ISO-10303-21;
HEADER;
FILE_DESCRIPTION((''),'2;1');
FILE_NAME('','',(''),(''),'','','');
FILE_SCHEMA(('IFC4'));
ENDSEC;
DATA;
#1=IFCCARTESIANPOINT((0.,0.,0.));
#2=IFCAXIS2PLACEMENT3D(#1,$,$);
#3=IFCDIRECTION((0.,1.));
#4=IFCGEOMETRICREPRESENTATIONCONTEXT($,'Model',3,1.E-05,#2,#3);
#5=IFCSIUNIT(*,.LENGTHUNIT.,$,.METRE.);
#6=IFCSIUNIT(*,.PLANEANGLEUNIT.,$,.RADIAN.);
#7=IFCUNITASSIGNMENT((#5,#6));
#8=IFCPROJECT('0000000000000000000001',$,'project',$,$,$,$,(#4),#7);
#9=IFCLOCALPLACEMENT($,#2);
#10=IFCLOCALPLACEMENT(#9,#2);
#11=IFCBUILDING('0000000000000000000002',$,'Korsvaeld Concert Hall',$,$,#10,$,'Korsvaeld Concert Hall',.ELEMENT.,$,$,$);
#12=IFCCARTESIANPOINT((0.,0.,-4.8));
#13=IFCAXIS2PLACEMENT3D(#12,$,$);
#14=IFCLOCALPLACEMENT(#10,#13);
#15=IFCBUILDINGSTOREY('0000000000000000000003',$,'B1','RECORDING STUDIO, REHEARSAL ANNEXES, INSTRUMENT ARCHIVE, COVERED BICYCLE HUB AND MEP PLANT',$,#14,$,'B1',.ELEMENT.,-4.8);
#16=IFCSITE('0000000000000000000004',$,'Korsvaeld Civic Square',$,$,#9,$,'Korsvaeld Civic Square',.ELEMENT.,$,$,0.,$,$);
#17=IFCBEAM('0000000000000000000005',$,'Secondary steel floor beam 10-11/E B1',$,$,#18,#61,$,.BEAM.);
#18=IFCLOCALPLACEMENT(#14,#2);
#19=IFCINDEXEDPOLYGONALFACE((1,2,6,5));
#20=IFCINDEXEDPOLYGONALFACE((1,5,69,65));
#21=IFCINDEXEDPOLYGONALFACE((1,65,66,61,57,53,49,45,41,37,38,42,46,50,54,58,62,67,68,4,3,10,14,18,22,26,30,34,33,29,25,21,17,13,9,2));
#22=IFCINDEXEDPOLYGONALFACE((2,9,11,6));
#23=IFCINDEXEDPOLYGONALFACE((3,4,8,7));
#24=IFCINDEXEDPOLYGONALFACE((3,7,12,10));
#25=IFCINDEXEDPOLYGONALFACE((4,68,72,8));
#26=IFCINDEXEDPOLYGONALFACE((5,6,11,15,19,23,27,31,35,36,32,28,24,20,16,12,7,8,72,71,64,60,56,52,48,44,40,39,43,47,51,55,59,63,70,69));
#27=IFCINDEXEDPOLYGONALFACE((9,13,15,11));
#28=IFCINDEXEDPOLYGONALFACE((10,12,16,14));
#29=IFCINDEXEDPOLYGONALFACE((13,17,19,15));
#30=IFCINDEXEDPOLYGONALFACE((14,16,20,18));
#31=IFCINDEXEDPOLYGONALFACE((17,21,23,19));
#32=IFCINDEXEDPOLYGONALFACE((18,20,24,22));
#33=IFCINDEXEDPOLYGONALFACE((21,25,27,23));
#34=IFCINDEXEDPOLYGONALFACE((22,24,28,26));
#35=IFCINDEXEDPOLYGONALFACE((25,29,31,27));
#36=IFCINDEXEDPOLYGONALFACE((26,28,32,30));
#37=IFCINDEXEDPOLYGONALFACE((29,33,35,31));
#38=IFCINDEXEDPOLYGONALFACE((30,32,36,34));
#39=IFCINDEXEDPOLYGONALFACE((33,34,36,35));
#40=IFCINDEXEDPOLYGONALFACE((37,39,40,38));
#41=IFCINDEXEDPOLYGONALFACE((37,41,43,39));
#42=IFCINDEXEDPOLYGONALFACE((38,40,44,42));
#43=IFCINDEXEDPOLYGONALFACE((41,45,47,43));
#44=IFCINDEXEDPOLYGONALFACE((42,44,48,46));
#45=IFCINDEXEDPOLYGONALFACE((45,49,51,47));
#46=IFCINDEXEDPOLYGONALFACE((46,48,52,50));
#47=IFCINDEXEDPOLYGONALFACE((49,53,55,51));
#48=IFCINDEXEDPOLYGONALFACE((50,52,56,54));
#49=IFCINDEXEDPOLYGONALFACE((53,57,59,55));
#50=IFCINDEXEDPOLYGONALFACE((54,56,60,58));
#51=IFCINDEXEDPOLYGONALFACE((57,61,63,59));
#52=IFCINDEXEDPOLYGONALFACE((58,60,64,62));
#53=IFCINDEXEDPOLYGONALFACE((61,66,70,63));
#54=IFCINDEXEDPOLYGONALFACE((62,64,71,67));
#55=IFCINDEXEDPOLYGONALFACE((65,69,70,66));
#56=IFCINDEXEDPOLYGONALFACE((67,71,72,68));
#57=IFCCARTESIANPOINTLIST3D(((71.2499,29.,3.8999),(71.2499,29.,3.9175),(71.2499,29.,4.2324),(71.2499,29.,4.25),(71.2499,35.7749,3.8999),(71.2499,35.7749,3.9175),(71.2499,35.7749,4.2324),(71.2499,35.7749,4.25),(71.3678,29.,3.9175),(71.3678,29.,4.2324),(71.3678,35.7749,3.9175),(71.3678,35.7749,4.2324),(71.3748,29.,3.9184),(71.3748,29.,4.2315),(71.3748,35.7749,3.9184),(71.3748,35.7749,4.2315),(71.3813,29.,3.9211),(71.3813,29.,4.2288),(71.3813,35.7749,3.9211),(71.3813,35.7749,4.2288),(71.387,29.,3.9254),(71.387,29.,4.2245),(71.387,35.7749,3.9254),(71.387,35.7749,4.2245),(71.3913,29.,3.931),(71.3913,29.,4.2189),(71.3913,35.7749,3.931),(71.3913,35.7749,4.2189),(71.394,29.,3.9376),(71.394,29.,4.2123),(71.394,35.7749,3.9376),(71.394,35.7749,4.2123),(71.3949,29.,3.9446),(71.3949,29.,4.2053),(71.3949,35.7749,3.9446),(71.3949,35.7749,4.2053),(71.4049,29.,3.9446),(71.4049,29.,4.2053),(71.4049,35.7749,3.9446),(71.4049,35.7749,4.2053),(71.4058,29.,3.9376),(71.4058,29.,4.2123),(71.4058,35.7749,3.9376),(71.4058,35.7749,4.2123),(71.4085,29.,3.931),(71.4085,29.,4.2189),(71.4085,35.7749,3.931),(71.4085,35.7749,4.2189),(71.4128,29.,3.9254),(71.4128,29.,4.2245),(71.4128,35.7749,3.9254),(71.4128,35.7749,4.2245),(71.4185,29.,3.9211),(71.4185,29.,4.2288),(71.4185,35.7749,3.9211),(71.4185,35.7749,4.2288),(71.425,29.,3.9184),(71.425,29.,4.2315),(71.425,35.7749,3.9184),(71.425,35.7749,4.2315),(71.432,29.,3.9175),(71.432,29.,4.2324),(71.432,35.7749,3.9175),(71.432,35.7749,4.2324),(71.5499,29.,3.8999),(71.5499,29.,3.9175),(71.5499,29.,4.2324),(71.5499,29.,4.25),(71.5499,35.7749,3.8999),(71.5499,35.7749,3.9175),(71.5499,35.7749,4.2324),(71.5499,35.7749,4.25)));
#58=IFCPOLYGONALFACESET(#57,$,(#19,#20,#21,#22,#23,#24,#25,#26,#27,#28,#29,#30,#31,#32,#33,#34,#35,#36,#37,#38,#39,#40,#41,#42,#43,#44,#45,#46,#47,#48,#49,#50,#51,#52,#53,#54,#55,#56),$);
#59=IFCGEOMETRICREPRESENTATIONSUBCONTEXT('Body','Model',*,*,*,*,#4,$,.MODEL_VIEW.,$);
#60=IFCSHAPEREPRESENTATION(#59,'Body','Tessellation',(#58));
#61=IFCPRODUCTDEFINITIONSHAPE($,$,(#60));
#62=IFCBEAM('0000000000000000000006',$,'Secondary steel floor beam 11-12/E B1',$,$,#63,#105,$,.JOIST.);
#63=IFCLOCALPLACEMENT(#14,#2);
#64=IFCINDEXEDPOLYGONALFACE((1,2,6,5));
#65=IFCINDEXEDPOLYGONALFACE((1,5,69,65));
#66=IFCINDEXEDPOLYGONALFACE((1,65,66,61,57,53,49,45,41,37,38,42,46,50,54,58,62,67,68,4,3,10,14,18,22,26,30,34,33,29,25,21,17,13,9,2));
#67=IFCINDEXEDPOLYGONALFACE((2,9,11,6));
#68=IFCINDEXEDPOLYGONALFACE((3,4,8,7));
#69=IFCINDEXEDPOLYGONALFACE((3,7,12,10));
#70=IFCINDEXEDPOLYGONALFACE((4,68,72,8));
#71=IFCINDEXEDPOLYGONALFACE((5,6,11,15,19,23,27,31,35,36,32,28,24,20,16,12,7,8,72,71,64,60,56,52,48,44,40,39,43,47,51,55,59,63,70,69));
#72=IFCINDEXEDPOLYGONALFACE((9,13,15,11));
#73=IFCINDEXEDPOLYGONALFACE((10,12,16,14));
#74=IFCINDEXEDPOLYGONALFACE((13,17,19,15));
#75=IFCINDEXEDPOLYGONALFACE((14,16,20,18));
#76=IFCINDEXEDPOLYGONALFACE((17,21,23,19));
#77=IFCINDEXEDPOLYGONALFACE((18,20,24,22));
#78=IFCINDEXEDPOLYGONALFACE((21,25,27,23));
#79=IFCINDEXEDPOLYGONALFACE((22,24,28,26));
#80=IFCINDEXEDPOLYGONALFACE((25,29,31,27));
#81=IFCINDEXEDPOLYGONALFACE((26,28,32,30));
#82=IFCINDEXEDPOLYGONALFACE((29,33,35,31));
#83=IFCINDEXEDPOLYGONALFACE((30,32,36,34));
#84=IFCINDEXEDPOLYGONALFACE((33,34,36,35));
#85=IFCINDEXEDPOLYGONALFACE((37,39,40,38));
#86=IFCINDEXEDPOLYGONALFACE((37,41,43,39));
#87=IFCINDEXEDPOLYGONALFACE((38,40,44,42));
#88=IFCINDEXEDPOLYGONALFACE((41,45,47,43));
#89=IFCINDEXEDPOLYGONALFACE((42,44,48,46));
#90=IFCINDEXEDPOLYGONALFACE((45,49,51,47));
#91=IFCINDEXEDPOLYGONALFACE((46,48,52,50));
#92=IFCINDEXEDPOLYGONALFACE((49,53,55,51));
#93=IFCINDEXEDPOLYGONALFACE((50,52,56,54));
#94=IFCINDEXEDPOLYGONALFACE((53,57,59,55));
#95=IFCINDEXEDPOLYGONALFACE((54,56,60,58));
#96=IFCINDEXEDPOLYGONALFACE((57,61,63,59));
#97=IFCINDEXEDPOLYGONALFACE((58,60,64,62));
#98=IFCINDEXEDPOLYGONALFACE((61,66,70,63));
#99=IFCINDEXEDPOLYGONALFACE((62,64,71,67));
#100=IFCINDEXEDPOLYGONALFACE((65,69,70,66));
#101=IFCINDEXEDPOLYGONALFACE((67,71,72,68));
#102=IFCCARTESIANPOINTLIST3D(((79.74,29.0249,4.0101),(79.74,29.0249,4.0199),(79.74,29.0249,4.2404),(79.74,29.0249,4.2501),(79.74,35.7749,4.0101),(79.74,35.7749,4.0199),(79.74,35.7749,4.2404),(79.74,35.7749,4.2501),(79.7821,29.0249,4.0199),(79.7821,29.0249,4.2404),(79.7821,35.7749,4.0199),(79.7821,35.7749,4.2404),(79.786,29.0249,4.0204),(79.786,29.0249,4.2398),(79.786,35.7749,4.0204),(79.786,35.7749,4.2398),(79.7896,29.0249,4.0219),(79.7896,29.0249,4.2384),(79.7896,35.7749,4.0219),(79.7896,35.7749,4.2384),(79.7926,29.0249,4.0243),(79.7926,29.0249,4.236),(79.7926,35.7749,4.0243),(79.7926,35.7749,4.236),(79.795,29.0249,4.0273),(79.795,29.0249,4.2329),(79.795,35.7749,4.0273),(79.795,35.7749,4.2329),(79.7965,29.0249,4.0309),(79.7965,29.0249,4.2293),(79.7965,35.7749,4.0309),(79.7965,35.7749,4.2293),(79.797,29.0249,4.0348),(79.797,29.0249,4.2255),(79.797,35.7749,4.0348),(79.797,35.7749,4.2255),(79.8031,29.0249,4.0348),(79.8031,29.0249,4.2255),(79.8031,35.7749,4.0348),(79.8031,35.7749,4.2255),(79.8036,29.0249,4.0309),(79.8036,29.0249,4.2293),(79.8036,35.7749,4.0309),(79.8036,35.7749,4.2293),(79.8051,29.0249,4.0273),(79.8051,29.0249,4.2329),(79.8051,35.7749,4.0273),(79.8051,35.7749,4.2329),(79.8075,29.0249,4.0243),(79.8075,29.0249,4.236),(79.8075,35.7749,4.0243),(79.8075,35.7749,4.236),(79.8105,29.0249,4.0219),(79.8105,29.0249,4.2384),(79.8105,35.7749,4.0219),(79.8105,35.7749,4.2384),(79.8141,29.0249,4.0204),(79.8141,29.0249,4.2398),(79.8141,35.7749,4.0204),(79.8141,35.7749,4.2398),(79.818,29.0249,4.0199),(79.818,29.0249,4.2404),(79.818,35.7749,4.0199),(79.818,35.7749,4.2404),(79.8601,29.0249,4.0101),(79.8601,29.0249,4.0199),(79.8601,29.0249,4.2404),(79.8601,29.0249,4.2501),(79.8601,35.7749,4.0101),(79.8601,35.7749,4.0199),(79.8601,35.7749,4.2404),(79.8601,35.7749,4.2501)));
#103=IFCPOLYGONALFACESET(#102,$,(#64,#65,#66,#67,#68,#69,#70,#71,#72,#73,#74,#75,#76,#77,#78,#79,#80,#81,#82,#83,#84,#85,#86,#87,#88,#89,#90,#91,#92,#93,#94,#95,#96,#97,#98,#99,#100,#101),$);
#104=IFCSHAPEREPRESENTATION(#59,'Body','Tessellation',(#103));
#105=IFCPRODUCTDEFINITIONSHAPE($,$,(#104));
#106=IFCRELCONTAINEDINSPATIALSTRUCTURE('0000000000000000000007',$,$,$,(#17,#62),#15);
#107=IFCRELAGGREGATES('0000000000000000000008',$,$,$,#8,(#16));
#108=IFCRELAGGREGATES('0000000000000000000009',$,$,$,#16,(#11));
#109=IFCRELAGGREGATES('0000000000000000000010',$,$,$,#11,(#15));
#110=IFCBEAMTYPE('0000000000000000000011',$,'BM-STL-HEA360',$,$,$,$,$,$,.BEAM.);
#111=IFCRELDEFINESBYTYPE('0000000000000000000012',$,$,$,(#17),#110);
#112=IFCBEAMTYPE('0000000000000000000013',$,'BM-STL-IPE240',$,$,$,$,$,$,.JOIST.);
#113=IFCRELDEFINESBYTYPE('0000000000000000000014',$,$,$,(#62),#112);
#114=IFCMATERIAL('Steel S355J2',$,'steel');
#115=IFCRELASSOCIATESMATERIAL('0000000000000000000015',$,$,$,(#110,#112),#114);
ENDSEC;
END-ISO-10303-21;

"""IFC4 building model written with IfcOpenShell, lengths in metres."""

from ifc_helpers import new_model, si_unit, direction, frame, origin, origin_2d, place, context, subcontext, project, spatial, i_section, extrude, material, material_profile, profile_set, type_object, element, save


model = new_model("IFC4")

# Units and contexts
model_context = context("Model", 3, precision=1e-05, world=origin(), true_north=direction((0.0, 1.0)))
body_context = subcontext(model_context, "Body", "Model", "MODEL_VIEW")
ifc_project = project(units=[si_unit("LENGTHUNIT", "METRE"), si_unit("PLANEANGLEUNIT", "RADIAN")], contexts=[model_context])

# Site, building, storey
site_placement = place(None, origin())
site = spatial("IfcSite", under=ifc_project, at=site_placement, Name="Korsvaeld Civic Square", LongName="Korsvaeld Civic Square", CompositionType="ELEMENT", RefElevation=0.0)
building_placement = place(site_placement, origin())
building = spatial("IfcBuilding", under=site, at=building_placement, Name="Korsvaeld Concert Hall", LongName="Korsvaeld Concert Hall", CompositionType="ELEMENT")
storey_placement = place(building_placement, frame((0.0, 0.0, -4.8)))
storey = spatial("IfcBuildingStorey", under=building, at=storey_placement, Name="B1", Description="RECORDING STUDIO, REHEARSAL ANNEXES, INSTRUMENT ARCHIVE, COVERED BICYCLE HUB AND MEP PLANT", LongName="B1", CompositionType="ELEMENT", Elevation=-4.8)

# Beams
ifc_material_1 = material(Name="Steel S355J2", Category="steel")
ifc_material_profile_1 = material_profile(ifc_material_1, i_section(OverallWidth=0.3, OverallDepth=0.3501, WebThickness=0.01, FlangeThickness=0.0176, FilletRadius=0.0271, at=origin_2d()), Name="HEA 360")
ifc_profile_set_1 = profile_set([ifc_material_profile_1], Name="Steel S355J2")
beam_type_1 = type_object("IfcBeamType", Name="BM-STL-HEA360", PredefinedType="BEAM", material=ifc_profile_set_1)
beam_1_placement = place(storey_placement, frame((71.3999, 29.0, 4.075), z_axis=(0.0, 1.0, 0.0), x_axis=(-1.0, 0.0, 0.0)))
element("IfcBeam", 1, at=beam_1_placement, inside=storey, type_object=beam_type_1, Name="Secondary steel floor beam 10-11/E B1", PredefinedType="BEAM", context=body_context, shape_type="SweptSolid", body=[
    extrude(i_section(OverallWidth=0.3, OverallDepth=0.3501, WebThickness=0.01, FlangeThickness=0.0176, FilletRadius=0.0271, at=origin_2d()), origin(), (0.0, 0.0, 1.0), 6.7749),
])
ifc_material_profile_2 = material_profile(ifc_material_1, i_section(OverallWidth=0.1201, OverallDepth=0.24, WebThickness=0.0061, FlangeThickness=0.0098, FilletRadius=0.0149, at=origin_2d()), Name="IPE 240")
ifc_profile_set_2 = profile_set([ifc_material_profile_2], Name="Steel S355J2")
beam_type_2 = type_object("IfcBeamType", Name="BM-STL-IPE240", PredefinedType="JOIST", material=ifc_profile_set_2)
beam_2_placement = place(storey_placement, frame((79.8, 29.0249, 4.1301), z_axis=(0.0, 1.0, 0.0), x_axis=(-1.0, 0.0, 0.0)))
element("IfcBeam", 2, at=beam_2_placement, inside=storey, type_object=beam_type_2, Name="Secondary steel floor beam 11-12/E B1", PredefinedType="JOIST", context=body_context, shape_type="SweptSolid", body=[
    extrude(i_section(OverallWidth=0.1201, OverallDepth=0.24, WebThickness=0.0061, FlangeThickness=0.0098, FilletRadius=0.0149, at=origin_2d()), origin(), (0.0, 0.0, 1.0), 6.75),
])

save(model, "model.ifc")
